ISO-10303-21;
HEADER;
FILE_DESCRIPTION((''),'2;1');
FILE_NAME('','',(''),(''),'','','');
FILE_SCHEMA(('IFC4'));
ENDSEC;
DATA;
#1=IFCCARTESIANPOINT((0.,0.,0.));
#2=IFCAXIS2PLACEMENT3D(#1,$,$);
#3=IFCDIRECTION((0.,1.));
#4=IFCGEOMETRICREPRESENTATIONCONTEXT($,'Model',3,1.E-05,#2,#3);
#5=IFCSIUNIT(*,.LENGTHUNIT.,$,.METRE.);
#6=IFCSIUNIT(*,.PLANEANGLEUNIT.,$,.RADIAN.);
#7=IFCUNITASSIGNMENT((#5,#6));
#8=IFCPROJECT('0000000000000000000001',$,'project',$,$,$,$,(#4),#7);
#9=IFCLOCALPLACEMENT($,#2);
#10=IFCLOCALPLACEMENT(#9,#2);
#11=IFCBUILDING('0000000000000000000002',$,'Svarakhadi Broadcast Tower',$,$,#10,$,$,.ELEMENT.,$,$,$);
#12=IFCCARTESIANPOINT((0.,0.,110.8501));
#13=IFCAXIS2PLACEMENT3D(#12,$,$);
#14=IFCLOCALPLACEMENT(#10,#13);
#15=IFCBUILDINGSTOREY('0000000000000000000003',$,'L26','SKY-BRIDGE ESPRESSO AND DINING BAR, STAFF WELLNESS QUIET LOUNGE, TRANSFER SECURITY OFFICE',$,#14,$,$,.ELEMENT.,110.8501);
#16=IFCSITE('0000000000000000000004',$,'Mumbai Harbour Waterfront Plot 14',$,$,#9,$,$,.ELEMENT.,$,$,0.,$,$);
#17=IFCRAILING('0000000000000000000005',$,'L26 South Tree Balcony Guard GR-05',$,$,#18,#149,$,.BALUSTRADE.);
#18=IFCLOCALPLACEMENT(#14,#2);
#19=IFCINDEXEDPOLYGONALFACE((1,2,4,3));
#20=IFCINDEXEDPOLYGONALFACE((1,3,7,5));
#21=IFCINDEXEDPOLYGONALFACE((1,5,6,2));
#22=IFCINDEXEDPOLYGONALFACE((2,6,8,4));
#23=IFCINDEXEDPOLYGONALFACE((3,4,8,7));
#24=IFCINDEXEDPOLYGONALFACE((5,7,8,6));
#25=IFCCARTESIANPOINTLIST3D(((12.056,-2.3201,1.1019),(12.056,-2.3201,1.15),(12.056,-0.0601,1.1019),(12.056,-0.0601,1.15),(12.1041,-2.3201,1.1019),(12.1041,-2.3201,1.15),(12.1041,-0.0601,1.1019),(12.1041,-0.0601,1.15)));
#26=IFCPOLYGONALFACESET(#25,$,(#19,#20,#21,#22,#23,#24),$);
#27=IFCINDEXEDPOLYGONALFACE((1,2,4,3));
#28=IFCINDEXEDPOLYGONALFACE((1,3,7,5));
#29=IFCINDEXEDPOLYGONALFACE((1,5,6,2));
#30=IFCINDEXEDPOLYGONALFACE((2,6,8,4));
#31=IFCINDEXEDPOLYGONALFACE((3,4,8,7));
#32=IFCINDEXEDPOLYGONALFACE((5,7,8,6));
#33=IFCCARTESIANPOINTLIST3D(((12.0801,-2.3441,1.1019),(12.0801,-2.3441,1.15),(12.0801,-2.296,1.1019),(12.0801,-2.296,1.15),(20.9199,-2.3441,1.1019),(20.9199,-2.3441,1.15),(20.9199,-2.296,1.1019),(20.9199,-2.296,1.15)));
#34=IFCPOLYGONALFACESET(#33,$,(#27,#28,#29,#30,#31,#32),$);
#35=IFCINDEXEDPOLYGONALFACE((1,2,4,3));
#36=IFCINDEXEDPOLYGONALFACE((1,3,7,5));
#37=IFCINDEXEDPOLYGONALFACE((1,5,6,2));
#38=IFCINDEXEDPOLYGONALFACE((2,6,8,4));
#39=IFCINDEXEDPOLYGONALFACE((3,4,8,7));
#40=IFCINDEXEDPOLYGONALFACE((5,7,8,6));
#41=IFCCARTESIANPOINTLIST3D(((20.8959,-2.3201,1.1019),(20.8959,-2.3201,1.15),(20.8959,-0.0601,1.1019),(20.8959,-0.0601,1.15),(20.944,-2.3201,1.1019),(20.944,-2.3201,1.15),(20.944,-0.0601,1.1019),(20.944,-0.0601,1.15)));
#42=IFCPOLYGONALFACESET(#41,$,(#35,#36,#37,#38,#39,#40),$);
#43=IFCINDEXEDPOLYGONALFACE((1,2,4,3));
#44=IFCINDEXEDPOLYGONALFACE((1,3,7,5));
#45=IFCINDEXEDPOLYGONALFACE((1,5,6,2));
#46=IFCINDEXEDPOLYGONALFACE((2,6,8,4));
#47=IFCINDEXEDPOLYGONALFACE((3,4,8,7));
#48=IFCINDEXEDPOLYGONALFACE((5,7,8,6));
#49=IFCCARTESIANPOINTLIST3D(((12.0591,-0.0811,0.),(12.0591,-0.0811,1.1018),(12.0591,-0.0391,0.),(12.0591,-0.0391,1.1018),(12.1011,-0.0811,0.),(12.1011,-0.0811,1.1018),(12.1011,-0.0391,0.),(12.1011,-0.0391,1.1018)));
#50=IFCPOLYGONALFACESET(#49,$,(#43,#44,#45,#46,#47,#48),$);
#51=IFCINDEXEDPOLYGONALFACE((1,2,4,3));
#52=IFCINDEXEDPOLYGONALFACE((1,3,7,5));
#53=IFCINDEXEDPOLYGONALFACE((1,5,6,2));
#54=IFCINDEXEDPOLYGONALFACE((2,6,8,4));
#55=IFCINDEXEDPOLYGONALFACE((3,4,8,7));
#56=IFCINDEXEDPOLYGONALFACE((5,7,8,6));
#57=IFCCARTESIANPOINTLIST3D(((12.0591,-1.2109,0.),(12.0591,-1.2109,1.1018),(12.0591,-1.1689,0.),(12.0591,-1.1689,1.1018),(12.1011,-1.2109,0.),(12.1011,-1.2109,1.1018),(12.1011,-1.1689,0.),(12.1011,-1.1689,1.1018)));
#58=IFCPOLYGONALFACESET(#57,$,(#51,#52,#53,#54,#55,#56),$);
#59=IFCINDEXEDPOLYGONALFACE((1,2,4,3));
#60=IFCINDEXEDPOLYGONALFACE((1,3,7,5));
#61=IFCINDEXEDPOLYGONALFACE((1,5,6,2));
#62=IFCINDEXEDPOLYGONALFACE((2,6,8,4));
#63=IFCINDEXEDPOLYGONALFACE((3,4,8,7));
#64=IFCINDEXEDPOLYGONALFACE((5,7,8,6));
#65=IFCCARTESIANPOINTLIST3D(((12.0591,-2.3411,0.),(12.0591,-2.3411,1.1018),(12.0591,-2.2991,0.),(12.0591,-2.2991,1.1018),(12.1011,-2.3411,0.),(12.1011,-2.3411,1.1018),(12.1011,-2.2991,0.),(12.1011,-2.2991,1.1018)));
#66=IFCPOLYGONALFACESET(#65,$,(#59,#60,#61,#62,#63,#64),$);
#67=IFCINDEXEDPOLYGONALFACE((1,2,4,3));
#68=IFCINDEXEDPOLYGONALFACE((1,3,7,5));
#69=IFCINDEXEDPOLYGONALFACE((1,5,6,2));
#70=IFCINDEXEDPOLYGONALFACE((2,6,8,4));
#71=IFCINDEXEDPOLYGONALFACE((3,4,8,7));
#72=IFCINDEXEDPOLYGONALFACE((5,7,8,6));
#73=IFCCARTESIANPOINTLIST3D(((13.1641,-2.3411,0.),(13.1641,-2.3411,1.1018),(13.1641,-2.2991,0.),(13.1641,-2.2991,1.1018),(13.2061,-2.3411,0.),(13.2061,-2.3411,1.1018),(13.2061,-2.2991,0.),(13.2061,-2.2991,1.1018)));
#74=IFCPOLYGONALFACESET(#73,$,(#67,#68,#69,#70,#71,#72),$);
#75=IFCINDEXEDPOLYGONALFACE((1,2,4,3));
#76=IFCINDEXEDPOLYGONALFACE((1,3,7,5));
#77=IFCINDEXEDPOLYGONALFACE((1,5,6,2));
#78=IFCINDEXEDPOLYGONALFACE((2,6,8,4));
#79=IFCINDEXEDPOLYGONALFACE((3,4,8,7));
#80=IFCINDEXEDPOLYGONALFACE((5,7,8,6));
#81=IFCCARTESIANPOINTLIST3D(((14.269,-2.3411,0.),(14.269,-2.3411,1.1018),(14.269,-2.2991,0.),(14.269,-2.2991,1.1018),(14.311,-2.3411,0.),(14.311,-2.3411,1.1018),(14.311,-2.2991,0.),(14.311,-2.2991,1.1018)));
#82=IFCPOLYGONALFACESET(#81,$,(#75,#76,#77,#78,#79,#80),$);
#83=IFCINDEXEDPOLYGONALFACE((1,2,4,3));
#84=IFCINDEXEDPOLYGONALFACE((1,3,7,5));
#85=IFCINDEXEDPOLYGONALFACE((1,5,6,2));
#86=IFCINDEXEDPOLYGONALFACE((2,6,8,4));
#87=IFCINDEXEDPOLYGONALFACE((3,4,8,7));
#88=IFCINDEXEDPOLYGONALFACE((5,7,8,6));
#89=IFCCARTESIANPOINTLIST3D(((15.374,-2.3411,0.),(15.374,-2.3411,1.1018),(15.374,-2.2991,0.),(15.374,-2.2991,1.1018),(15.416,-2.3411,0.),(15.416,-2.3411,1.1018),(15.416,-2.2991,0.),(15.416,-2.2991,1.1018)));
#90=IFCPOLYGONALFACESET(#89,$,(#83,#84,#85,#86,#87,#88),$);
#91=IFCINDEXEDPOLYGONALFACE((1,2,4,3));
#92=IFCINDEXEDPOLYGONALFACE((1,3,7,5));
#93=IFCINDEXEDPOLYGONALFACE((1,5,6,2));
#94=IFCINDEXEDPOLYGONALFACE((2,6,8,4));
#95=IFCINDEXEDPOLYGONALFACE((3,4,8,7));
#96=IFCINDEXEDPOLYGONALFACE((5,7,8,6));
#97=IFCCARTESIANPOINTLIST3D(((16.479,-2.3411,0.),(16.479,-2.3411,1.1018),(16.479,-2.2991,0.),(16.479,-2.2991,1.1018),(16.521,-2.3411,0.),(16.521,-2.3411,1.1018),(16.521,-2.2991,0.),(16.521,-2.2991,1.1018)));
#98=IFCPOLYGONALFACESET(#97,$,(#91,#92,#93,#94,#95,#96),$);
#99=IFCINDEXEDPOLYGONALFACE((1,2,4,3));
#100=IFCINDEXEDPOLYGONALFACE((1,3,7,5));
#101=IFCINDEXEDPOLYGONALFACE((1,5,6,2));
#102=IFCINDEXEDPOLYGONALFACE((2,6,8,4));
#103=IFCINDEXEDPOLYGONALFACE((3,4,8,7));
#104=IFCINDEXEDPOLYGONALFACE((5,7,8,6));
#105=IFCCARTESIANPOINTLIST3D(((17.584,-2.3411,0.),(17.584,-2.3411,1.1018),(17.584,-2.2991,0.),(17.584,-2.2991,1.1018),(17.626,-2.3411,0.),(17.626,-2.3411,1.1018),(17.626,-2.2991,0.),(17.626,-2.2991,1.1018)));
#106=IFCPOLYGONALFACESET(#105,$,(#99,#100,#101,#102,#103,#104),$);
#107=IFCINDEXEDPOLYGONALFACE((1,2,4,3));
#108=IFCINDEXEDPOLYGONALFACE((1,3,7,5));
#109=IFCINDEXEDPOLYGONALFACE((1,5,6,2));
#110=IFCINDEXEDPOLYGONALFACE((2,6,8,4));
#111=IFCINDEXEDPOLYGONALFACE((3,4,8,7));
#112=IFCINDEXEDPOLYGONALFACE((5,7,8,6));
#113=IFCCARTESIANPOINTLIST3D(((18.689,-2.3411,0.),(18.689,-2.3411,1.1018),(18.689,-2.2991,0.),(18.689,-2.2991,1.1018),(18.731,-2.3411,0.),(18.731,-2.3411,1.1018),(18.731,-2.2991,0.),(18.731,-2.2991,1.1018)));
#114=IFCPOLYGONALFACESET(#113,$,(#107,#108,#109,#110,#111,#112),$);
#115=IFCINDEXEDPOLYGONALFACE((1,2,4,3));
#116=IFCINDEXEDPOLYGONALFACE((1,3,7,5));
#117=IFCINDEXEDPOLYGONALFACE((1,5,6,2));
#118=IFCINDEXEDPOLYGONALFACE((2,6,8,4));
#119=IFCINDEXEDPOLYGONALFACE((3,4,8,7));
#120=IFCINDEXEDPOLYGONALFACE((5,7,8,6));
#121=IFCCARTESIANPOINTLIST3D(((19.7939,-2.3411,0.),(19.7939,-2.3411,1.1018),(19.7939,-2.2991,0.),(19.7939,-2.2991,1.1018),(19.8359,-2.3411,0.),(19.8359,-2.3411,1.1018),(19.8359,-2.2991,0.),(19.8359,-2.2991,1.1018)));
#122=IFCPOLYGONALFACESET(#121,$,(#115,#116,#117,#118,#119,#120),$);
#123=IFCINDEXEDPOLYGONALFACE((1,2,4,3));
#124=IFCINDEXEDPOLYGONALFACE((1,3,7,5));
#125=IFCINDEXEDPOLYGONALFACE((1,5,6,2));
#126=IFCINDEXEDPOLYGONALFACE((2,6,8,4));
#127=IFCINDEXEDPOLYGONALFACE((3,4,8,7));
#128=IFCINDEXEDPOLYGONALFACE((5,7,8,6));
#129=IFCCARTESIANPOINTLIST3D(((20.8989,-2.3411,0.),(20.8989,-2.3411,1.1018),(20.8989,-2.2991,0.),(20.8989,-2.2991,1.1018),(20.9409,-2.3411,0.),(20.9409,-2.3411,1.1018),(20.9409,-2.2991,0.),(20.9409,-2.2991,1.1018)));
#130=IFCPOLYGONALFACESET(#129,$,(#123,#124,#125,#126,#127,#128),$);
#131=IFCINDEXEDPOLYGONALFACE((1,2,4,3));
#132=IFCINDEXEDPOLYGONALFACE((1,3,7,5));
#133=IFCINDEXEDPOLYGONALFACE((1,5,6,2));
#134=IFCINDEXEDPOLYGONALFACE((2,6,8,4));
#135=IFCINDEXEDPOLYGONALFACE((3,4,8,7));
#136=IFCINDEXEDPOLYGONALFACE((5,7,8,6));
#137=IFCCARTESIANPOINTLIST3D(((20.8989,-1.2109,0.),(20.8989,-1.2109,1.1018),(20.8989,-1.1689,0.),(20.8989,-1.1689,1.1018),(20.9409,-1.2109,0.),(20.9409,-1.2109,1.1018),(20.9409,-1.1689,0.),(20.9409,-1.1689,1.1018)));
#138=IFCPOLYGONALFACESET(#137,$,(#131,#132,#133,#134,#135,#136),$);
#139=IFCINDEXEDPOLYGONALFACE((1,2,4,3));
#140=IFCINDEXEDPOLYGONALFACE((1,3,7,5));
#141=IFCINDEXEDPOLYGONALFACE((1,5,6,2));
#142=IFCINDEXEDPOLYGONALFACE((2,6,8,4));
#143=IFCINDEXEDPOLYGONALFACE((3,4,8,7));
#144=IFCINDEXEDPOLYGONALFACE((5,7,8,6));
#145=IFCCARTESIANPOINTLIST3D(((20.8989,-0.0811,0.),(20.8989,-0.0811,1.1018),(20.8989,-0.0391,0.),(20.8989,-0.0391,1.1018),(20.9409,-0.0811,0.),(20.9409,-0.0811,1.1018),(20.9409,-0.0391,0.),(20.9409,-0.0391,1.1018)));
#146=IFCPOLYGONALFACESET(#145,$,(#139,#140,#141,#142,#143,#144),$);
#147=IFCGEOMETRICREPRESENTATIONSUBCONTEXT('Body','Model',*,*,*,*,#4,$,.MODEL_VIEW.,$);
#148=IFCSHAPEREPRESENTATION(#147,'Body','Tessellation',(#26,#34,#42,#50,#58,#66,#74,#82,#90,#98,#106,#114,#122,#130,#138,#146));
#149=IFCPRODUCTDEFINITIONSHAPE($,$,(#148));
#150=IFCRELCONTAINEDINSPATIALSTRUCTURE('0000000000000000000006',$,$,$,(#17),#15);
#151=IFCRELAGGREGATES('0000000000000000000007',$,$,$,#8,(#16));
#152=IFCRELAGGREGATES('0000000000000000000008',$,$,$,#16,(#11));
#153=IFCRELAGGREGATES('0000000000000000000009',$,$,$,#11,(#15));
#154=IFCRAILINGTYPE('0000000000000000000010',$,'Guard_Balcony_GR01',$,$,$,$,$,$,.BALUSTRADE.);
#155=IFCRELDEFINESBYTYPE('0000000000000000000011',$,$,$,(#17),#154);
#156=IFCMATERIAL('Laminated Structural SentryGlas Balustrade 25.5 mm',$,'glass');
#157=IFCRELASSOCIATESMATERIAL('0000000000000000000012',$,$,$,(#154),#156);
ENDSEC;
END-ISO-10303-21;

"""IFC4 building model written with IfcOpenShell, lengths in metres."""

from ifc_helpers import new_model, si_unit, direction, frame, origin, origin_2d, place, context, subcontext, project, spatial, rectangle, extrude, material, type_object, element, save


model = new_model("IFC4")

# Units and contexts
model_context = context("Model", 3, precision=1e-05, world=origin(), true_north=direction((0.0, 1.0)))
body_context = subcontext(model_context, "Body", "Model", "MODEL_VIEW")
ifc_project = project(units=[si_unit("LENGTHUNIT", "METRE"), si_unit("PLANEANGLEUNIT", "RADIAN")], contexts=[model_context])

# Site, building, storey
site_placement = place(None, origin())
site = spatial("IfcSite", under=ifc_project, at=site_placement, Name="Mumbai Harbour Waterfront Plot 14", CompositionType="ELEMENT", RefElevation=0.0)
building_placement = place(site_placement, origin())
building = spatial("IfcBuilding", under=site, at=building_placement, Name="Svarakhadi Broadcast Tower", CompositionType="ELEMENT")
storey_placement = place(building_placement, frame((0.0, 0.0, 110.8501)))
storey = spatial("IfcBuildingStorey", under=building, at=storey_placement, Name="L26", Description="SKY-BRIDGE ESPRESSO AND DINING BAR, STAFF WELLNESS QUIET LOUNGE, TRANSFER SECURITY OFFICE", CompositionType="ELEMENT", Elevation=110.8501)

# Railing
ifc_material_1 = material(Name="Laminated Structural SentryGlas Balustrade 25.5 mm", Category="glass")
railing_type = type_object("IfcRailingType", Name="Guard_Balcony_GR01", PredefinedType="BALUSTRADE", material=ifc_material_1)
railing_placement = place(storey_placement, frame((12.0801, -0.0601, 0.0)))
element("IfcRailing", 1, at=railing_placement, inside=storey, type_object=railing_type, Name="L26 South Tree Balcony Guard GR-05", PredefinedType="BALUSTRADE", context=body_context, shape_type="SweptSolid", body=[
    extrude(rectangle(XDim=0.0481, YDim=0.0481, at=origin_2d()), frame((0.0, 0.0, 1.126), z_axis=(0.0, -1.0, 0.0), x_axis=(1.0, 0.0, 0.0)), (0.0, 0.0, 1.0), 2.26),
    extrude(rectangle(XDim=0.0481, YDim=0.0481, at=origin_2d()), frame((0.0, -2.26, 1.126), z_axis=(1.0, 0.0, 0.0), x_axis=(0.0, 1.0, 0.0)), (0.0, 0.0, 1.0), 8.8398),
    extrude(rectangle(XDim=0.0481, YDim=0.0481, at=origin_2d()), frame((8.8398, -2.26, 1.126), z_axis=(0.0, 1.0, 0.0), x_axis=(-1.0, 0.0, 0.0)), (0.0, 0.0, 1.0), 2.26),
    extrude(rectangle(XDim=0.042, YDim=0.042, at=origin_2d()), origin(), (0.0, 0.0, 1.0), 1.1018),
    extrude(rectangle(XDim=0.042, YDim=0.042, at=origin_2d()), frame((0.0, -1.1299, 0.0)), (0.0, 0.0, 1.0), 1.1018),
    extrude(rectangle(XDim=0.042, YDim=0.042, at=origin_2d()), frame((0.0, -2.26, 0.0)), (0.0, 0.0, 1.0), 1.1018),
    extrude(rectangle(XDim=0.042, YDim=0.042, at=origin_2d()), frame((1.105, -2.26, 0.0)), (0.0, 0.0, 1.0), 1.1018),
    extrude(rectangle(XDim=0.042, YDim=0.042, at=origin_2d()), frame((2.21, -2.26, 0.0)), (0.0, 0.0, 1.0), 1.1018),
    extrude(rectangle(XDim=0.042, YDim=0.042, at=origin_2d()), frame((3.3149, -2.26, 0.0)), (0.0, 0.0, 1.0), 1.1018),
    extrude(rectangle(XDim=0.042, YDim=0.042, at=origin_2d()), frame((4.4199, -2.26, 0.0)), (0.0, 0.0, 1.0), 1.1018),
    extrude(rectangle(XDim=0.042, YDim=0.042, at=origin_2d()), frame((5.5249, -2.26, 0.0)), (0.0, 0.0, 1.0), 1.1018),
    extrude(rectangle(XDim=0.042, YDim=0.042, at=origin_2d()), frame((6.6299, -2.26, 0.0)), (0.0, 0.0, 1.0), 1.1018),
    extrude(rectangle(XDim=0.042, YDim=0.042, at=origin_2d()), frame((7.7349, -2.26, 0.0)), (0.0, 0.0, 1.0), 1.1018),
    extrude(rectangle(XDim=0.042, YDim=0.042, at=origin_2d()), frame((8.8398, -2.26, 0.0)), (0.0, 0.0, 1.0), 1.1018),
    extrude(rectangle(XDim=0.042, YDim=0.042, at=origin_2d()), frame((8.8398, -1.1299, 0.0)), (0.0, 0.0, 1.0), 1.1018),
    extrude(rectangle(XDim=0.042, YDim=0.042, at=origin_2d()), frame((8.8398, 0.0, 0.0)), (0.0, 0.0, 1.0), 1.1018),
])

save(model, "model.ifc")
